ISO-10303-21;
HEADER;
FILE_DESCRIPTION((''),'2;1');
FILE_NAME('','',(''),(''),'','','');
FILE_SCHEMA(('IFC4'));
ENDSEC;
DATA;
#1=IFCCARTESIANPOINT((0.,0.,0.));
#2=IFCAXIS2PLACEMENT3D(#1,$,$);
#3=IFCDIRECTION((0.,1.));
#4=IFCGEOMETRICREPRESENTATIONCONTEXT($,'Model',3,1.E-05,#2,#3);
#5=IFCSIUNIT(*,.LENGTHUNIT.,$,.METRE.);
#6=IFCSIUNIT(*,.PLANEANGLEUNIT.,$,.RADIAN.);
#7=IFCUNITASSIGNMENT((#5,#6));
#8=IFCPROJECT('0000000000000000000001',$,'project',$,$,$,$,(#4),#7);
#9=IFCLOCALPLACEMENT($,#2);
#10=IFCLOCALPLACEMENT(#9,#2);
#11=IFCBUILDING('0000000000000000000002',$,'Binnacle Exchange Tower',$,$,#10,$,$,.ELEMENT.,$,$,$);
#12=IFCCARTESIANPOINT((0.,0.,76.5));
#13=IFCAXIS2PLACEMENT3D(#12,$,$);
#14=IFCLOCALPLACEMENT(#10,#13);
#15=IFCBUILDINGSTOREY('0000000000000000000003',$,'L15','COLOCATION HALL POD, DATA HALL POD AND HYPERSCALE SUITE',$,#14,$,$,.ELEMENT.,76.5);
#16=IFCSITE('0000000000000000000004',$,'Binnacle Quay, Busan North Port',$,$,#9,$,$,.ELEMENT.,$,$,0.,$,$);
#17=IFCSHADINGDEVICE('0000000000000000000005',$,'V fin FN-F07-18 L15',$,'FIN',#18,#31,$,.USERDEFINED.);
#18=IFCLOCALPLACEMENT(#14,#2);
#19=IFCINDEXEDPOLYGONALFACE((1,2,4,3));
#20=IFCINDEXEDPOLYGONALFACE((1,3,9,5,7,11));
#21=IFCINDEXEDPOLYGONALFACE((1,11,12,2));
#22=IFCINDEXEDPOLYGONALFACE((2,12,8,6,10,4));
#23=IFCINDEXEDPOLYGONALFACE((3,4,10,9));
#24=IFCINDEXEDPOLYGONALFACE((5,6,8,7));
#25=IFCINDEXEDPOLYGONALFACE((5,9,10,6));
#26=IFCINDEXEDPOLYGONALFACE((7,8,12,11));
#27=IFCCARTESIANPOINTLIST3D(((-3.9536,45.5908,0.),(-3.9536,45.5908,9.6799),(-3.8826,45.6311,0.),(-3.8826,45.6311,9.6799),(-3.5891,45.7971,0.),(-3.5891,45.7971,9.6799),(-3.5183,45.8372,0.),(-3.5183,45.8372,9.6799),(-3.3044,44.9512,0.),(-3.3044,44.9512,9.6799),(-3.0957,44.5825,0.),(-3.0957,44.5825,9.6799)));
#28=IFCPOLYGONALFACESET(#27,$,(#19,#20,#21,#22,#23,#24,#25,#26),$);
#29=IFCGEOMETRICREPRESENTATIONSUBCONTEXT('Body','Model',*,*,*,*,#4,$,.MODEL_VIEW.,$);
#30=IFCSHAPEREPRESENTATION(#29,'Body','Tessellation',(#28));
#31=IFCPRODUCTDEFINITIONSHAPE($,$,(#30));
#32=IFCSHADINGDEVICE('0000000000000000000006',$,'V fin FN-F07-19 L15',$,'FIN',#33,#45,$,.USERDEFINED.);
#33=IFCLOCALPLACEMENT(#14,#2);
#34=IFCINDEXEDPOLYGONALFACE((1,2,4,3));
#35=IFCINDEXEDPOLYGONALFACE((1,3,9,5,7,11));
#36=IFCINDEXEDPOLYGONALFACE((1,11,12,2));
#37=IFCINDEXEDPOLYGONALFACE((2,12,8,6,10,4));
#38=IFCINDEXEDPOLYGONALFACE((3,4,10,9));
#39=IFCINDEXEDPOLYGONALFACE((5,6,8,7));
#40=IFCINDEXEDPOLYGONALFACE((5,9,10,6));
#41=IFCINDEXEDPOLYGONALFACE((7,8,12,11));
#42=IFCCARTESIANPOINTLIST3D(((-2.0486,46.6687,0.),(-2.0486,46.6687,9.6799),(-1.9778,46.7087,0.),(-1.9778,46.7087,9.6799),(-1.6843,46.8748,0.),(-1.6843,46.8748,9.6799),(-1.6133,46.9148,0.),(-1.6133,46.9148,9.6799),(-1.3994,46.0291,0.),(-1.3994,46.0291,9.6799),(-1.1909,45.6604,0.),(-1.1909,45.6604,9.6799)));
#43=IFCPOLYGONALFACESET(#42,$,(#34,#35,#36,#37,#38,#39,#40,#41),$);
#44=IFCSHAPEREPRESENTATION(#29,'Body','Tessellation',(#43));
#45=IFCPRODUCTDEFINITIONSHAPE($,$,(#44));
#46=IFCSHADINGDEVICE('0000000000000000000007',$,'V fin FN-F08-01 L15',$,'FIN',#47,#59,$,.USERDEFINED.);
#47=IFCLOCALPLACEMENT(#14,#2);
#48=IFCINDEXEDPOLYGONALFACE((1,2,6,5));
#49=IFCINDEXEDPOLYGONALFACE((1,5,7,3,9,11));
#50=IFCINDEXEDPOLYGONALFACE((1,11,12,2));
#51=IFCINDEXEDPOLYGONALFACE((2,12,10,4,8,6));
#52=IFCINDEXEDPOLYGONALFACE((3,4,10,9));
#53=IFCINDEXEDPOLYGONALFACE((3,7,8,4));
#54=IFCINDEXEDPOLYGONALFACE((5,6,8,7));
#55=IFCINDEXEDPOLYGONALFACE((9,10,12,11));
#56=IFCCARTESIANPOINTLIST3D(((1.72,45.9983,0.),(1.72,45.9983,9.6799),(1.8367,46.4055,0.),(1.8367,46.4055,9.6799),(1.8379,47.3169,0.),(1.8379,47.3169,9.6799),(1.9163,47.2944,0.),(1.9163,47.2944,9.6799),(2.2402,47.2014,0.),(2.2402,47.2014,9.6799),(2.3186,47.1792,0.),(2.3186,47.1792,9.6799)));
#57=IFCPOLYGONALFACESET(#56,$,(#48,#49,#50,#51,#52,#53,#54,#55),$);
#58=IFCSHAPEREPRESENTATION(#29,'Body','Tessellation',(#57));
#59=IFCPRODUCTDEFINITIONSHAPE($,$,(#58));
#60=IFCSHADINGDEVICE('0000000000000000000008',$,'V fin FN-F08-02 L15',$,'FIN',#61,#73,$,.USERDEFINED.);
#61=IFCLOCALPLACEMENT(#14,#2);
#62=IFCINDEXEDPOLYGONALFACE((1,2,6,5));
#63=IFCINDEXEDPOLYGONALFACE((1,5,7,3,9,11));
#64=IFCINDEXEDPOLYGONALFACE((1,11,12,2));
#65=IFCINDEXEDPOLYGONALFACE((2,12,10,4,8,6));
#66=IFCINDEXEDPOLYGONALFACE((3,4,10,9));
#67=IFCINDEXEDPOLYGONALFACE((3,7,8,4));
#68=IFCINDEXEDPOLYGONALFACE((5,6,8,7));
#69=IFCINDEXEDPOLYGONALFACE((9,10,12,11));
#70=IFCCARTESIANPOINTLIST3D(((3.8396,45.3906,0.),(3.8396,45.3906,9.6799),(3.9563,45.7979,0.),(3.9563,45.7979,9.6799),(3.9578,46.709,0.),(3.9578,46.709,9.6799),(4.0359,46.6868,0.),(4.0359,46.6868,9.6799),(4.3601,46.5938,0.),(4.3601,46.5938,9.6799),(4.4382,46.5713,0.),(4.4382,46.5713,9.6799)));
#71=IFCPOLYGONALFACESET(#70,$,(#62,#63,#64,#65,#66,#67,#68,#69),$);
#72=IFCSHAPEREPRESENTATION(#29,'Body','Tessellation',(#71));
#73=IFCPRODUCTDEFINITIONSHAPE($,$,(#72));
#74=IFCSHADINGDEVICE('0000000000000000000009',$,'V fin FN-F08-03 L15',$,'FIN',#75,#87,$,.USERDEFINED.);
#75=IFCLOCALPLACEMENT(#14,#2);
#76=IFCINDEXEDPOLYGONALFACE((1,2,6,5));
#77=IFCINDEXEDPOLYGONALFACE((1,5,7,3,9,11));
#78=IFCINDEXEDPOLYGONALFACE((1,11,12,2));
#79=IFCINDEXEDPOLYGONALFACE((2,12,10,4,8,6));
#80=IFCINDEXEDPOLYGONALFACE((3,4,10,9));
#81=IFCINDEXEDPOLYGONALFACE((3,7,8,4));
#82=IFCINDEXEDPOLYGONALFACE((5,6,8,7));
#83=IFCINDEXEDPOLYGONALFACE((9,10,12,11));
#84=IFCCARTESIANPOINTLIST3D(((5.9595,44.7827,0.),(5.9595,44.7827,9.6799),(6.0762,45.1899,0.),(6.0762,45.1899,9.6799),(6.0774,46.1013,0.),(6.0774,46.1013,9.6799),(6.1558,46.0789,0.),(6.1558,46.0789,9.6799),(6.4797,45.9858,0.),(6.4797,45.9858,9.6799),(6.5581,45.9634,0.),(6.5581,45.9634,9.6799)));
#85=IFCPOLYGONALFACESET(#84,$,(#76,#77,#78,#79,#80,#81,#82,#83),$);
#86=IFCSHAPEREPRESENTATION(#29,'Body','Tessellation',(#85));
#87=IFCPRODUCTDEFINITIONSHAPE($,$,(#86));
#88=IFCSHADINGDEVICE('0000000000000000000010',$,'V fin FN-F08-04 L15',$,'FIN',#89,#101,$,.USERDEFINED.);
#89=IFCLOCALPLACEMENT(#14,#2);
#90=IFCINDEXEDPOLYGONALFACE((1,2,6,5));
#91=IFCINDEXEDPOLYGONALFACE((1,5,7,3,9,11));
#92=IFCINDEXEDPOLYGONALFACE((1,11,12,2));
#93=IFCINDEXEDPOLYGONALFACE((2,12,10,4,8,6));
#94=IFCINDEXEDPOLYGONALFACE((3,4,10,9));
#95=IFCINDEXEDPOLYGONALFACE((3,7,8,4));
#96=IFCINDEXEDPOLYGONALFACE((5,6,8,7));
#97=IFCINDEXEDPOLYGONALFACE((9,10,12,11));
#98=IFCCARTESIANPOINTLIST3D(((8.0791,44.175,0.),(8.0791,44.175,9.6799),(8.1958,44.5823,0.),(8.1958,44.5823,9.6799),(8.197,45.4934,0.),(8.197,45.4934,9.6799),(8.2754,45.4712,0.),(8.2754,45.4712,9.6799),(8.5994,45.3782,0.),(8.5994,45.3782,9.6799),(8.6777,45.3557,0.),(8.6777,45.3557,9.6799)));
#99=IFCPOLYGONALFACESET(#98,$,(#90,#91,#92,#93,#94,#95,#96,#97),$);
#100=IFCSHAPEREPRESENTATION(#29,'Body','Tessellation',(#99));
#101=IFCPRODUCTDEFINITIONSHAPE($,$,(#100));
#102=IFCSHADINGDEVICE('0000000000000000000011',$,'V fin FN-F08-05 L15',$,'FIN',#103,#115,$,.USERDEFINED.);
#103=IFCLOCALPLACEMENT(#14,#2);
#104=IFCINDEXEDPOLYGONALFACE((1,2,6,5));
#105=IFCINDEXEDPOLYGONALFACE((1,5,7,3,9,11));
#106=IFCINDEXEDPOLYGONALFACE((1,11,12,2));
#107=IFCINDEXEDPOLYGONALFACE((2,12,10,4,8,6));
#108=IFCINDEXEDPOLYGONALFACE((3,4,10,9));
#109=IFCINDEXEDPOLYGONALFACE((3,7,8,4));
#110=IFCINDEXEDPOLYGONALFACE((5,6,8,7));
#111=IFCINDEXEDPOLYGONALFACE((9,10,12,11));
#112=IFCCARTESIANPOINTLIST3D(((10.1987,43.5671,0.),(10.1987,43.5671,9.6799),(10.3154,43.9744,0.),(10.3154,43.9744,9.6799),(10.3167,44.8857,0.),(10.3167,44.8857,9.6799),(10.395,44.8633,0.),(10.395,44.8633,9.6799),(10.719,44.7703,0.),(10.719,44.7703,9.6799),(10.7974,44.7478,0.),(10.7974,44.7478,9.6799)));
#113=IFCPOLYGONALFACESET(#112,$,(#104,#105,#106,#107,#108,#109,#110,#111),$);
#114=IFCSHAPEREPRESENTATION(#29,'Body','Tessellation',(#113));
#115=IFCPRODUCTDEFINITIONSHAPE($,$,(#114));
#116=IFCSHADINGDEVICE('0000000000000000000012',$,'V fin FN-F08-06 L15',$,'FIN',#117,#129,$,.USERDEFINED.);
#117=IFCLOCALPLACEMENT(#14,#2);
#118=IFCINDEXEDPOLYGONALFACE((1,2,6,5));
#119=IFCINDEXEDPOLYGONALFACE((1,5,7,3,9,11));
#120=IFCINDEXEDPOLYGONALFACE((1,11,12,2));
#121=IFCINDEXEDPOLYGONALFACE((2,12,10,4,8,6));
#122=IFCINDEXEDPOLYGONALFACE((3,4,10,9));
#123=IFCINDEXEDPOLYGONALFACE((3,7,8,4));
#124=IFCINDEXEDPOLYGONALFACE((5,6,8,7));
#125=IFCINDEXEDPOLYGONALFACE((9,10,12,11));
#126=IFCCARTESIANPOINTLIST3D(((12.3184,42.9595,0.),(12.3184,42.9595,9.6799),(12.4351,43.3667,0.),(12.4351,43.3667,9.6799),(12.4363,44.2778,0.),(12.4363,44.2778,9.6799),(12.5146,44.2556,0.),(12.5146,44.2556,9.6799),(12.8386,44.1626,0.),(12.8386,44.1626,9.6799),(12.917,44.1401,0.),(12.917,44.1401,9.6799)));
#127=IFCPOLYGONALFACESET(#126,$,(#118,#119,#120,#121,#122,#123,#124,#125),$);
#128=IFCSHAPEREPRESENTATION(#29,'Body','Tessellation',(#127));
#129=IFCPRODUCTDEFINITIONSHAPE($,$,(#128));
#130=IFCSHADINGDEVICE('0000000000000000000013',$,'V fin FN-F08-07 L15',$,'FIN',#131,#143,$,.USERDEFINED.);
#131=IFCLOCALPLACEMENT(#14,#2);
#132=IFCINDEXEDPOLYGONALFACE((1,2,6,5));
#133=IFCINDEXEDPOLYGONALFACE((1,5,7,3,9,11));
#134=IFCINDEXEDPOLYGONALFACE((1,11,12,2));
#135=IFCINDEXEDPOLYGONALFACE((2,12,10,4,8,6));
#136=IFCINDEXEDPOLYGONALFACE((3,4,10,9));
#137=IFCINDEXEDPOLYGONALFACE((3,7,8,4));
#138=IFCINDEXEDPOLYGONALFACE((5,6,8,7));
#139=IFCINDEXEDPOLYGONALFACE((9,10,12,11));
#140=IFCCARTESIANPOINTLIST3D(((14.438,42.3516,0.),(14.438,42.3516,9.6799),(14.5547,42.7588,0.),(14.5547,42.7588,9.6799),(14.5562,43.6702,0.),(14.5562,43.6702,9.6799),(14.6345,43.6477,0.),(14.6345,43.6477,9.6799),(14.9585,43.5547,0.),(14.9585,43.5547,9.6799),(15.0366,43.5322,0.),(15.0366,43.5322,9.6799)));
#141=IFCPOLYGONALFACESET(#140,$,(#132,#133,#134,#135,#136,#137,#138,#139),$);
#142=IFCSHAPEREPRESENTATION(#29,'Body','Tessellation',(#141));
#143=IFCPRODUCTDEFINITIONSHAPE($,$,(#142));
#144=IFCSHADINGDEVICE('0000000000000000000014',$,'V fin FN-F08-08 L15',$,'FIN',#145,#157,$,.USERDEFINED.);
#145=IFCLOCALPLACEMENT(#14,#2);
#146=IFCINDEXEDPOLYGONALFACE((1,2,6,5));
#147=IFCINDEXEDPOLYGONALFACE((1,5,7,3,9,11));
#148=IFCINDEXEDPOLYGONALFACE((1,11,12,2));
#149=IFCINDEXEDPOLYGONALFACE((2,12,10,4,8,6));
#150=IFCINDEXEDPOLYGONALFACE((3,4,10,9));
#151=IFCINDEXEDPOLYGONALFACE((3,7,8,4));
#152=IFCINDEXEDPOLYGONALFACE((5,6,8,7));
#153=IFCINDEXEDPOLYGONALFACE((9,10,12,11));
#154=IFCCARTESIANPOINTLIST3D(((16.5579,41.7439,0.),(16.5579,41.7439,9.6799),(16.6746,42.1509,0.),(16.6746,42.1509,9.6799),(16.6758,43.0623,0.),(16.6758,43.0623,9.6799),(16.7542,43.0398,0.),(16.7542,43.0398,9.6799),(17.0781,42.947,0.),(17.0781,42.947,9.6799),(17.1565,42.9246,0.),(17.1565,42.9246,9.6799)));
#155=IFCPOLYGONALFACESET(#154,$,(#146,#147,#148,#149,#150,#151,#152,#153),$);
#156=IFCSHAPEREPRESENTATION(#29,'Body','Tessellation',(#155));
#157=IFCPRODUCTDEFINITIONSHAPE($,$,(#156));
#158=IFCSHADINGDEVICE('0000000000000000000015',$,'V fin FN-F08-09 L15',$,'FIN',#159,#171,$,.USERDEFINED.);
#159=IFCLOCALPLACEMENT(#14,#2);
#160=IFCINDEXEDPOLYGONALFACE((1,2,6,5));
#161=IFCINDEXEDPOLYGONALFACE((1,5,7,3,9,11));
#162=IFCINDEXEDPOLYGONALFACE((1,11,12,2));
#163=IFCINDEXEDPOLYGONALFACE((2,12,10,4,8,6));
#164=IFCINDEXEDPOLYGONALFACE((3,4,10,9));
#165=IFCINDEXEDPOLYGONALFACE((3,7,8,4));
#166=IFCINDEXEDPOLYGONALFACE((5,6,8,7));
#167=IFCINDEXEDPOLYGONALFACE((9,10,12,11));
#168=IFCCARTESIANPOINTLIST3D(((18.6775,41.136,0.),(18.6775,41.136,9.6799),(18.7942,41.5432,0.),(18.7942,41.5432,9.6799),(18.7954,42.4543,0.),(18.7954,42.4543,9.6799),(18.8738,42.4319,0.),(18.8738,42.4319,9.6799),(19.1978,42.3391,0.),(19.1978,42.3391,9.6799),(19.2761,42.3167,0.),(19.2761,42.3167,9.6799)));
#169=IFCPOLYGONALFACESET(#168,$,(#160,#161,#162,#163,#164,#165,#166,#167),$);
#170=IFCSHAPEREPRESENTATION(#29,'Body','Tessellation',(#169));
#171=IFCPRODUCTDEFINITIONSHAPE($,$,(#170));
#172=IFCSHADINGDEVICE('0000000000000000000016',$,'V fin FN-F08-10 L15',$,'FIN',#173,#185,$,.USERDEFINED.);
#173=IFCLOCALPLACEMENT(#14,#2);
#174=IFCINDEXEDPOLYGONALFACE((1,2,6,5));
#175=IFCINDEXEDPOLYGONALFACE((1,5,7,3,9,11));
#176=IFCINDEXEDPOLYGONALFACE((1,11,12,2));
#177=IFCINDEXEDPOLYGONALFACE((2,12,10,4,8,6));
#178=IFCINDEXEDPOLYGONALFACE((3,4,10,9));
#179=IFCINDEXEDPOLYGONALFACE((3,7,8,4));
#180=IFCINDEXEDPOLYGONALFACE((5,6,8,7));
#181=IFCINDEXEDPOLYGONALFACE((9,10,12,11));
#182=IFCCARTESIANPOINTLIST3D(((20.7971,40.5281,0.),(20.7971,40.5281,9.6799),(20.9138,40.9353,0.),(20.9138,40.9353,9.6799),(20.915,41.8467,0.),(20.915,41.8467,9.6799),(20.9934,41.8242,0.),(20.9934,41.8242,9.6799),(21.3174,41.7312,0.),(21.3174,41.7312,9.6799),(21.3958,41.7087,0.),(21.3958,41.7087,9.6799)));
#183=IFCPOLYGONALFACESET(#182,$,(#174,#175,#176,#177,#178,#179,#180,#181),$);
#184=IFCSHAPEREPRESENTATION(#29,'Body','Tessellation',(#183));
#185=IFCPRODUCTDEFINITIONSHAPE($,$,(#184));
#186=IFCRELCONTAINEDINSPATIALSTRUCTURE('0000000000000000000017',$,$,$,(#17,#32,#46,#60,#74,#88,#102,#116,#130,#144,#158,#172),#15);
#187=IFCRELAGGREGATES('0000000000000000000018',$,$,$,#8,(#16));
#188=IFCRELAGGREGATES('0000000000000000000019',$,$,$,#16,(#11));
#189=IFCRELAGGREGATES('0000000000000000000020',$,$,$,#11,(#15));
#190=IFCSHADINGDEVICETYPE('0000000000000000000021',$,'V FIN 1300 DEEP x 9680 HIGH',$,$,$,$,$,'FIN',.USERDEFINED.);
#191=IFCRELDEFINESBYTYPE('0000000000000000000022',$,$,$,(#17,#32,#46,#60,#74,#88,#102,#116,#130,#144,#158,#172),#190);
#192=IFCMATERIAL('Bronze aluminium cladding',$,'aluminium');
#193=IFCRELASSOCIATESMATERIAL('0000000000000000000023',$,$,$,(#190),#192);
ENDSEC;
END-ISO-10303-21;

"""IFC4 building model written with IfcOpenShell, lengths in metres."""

from ifc_helpers import new_model, si_unit, direction, frame, origin, place, context, subcontext, project, spatial, polyline, outline, extrude, material, type_object, element, save


model = new_model("IFC4")

# Units and contexts
model_context = context("Model", 3, precision=1e-05, world=origin(), true_north=direction((0.0, 1.0)))
body_context = subcontext(model_context, "Body", "Model", "MODEL_VIEW")
ifc_project = project(units=[si_unit("LENGTHUNIT", "METRE"), si_unit("PLANEANGLEUNIT", "RADIAN")], contexts=[model_context])

# Site, building, storey
site_placement = place(None, origin())
site = spatial("IfcSite", under=ifc_project, at=site_placement, Name="Binnacle Quay, Busan North Port", CompositionType="ELEMENT", RefElevation=0.0)
building_placement = place(site_placement, origin())
building = spatial("IfcBuilding", under=site, at=building_placement, Name="Binnacle Exchange Tower", CompositionType="ELEMENT")
storey_placement = place(building_placement, frame((0.0, 0.0, 76.5)))
storey = spatial("IfcBuildingStorey", under=building, at=storey_placement, Name="L15", Description="COLOCATION HALL POD, DATA HALL POD AND HYPERSCALE SUITE", CompositionType="ELEMENT", Elevation=76.5)

# Shading devices
ifc_material = material(Name="Bronze aluminium cladding", Category="aluminium")
shading_device_type = type_object("IfcShadingDeviceType", Name="V FIN 1300 DEEP x 9680 HIGH", ElementType="FIN", PredefinedType="USERDEFINED", material=ifc_material)
shading_device_1_placement = place(storey_placement, origin())
element("IfcShadingDevice", 1, at=shading_device_1_placement, inside=storey, type_object=shading_device_type, Name="V fin FN-F07-18 L15", ObjectType="FIN", PredefinedType="USERDEFINED", context=body_context, shape_type="SweptSolid", body=[
    extrude(outline(polyline([(-3.9536, 45.5908), (-3.0957, 44.5825), (-3.5183, 45.8372), (-3.5891, 45.7971), (-3.3044, 44.9512), (-3.8826, 45.6311), (-3.9536, 45.5908)])), origin(), (0.0, 0.0, 1.0), 9.6799),
])
shading_device_2_placement = place(storey_placement, origin())
element("IfcShadingDevice", 2, at=shading_device_2_placement, inside=storey, type_object=shading_device_type, Name="V fin FN-F07-19 L15", ObjectType="FIN", PredefinedType="USERDEFINED", context=body_context, shape_type="SweptSolid", body=[
    extrude(outline(polyline([(-2.0486, 46.6687), (-1.1909, 45.6604), (-1.6133, 46.9148), (-1.6843, 46.8748), (-1.3994, 46.0291), (-1.9778, 46.7087), (-2.0486, 46.6687)])), origin(), (0.0, 0.0, 1.0), 9.6799),
])
shading_device_3_placement = place(storey_placement, origin())
element("IfcShadingDevice", 3, at=shading_device_3_placement, inside=storey, type_object=shading_device_type, Name="V fin FN-F08-01 L15", ObjectType="FIN", PredefinedType="USERDEFINED", context=body_context, shape_type="SweptSolid", body=[
    extrude(outline(polyline([(1.8379, 47.3169), (1.72, 45.9983), (2.3186, 47.1792), (2.2402, 47.2014), (1.8367, 46.4055), (1.9163, 47.2944), (1.8379, 47.3169)])), origin(), (0.0, 0.0, 1.0), 9.6799),
])
shading_device_4_placement = place(storey_placement, origin())
element("IfcShadingDevice", 4, at=shading_device_4_placement, inside=storey, type_object=shading_device_type, Name="V fin FN-F08-02 L15", ObjectType="FIN", PredefinedType="USERDEFINED", context=body_context, shape_type="SweptSolid", body=[
    extrude(outline(polyline([(3.9578, 46.709), (3.8396, 45.3906), (4.4382, 46.5713), (4.3601, 46.5938), (3.9563, 45.7979), (4.0359, 46.6868), (3.9578, 46.709)])), origin(), (0.0, 0.0, 1.0), 9.6799),
])
shading_device_5_placement = place(storey_placement, origin())
element("IfcShadingDevice", 5, at=shading_device_5_placement, inside=storey, type_object=shading_device_type, Name="V fin FN-F08-03 L15", ObjectType="FIN", PredefinedType="USERDEFINED", context=body_context, shape_type="SweptSolid", body=[
    extrude(outline(polyline([(6.0774, 46.1013), (5.9595, 44.7827), (6.5581, 45.9634), (6.4797, 45.9858), (6.0762, 45.1899), (6.1558, 46.0789), (6.0774, 46.1013)])), origin(), (0.0, 0.0, 1.0), 9.6799),
])
shading_device_6_placement = place(storey_placement, origin())
element("IfcShadingDevice", 6, at=shading_device_6_placement, inside=storey, type_object=shading_device_type, Name="V fin FN-F08-04 L15", ObjectType="FIN", PredefinedType="USERDEFINED", context=body_context, shape_type="SweptSolid", body=[
    extrude(outline(polyline([(8.197, 45.4934), (8.0791, 44.175), (8.6777, 45.3557), (8.5994, 45.3782), (8.1958, 44.5823), (8.2754, 45.4712), (8.197, 45.4934)])), origin(), (0.0, 0.0, 1.0), 9.6799),
])
shading_device_7_placement = place(storey_placement, origin())
element("IfcShadingDevice", 7, at=shading_device_7_placement, inside=storey, type_object=shading_device_type, Name="V fin FN-F08-05 L15", ObjectType="FIN", PredefinedType="USERDEFINED", context=body_context, shape_type="SweptSolid", body=[
    extrude(outline(polyline([(10.3167, 44.8857), (10.1987, 43.5671), (10.7974, 44.7478), (10.719, 44.7703), (10.3154, 43.9744), (10.395, 44.8633), (10.3167, 44.8857)])), origin(), (0.0, 0.0, 1.0), 9.6799),
])
shading_device_8_placement = place(storey_placement, origin())
element("IfcShadingDevice", 8, at=shading_device_8_placement, inside=storey, type_object=shading_device_type, Name="V fin FN-F08-06 L15", ObjectType="FIN", PredefinedType="USERDEFINED", context=body_context, shape_type="SweptSolid", body=[
    extrude(outline(polyline([(12.4363, 44.2778), (12.3184, 42.9595), (12.917, 44.1401), (12.8386, 44.1626), (12.4351, 43.3667), (12.5146, 44.2556), (12.4363, 44.2778)])), origin(), (0.0, 0.0, 1.0), 9.6799),
])
shading_device_9_placement = place(storey_placement, origin())
element("IfcShadingDevice", 9, at=shading_device_9_placement, inside=storey, type_object=shading_device_type, Name="V fin FN-F08-07 L15", ObjectType="FIN", PredefinedType="USERDEFINED", context=body_context, shape_type="SweptSolid", body=[
    extrude(outline(polyline([(14.5562, 43.6702), (14.438, 42.3516), (15.0366, 43.5322), (14.9585, 43.5547), (14.5547, 42.7588), (14.6345, 43.6477), (14.5562, 43.6702)])), origin(), (0.0, 0.0, 1.0), 9.6799),
])
shading_device_10_placement = place(storey_placement, origin())
element("IfcShadingDevice", 10, at=shading_device_10_placement, inside=storey, type_object=shading_device_type, Name="V fin FN-F08-08 L15", ObjectType="FIN", PredefinedType="USERDEFINED", context=body_context, shape_type="SweptSolid", body=[
    extrude(outline(polyline([(16.6758, 43.0623), (16.5579, 41.7439), (17.1565, 42.9246), (17.0781, 42.947), (16.6746, 42.1509), (16.7542, 43.0398), (16.6758, 43.0623)])), origin(), (0.0, 0.0, 1.0), 9.6799),
])
shading_device_11_placement = place(storey_placement, origin())
element("IfcShadingDevice", 11, at=shading_device_11_placement, inside=storey, type_object=shading_device_type, Name="V fin FN-F08-09 L15", ObjectType="FIN", PredefinedType="USERDEFINED", context=body_context, shape_type="SweptSolid", body=[
    extrude(outline(polyline([(18.7954, 42.4543), (18.6775, 41.136), (19.2761, 42.3167), (19.1978, 42.3391), (18.7942, 41.5432), (18.8738, 42.4319), (18.7954, 42.4543)])), origin(), (0.0, 0.0, 1.0), 9.6799),
])
shading_device_12_placement = place(storey_placement, origin())
element("IfcShadingDevice", 12, at=shading_device_12_placement, inside=storey, type_object=shading_device_type, Name="V fin FN-F08-10 L15", ObjectType="FIN", PredefinedType="USERDEFINED", context=body_context, shape_type="SweptSolid", body=[
    extrude(outline(polyline([(20.915, 41.8467), (20.7971, 40.5281), (21.3958, 41.7087), (21.3174, 41.7312), (20.9138, 40.9353), (20.9934, 41.8242), (20.915, 41.8467)])), origin(), (0.0, 0.0, 1.0), 9.6799),
])

save(model, "model.ifc")
